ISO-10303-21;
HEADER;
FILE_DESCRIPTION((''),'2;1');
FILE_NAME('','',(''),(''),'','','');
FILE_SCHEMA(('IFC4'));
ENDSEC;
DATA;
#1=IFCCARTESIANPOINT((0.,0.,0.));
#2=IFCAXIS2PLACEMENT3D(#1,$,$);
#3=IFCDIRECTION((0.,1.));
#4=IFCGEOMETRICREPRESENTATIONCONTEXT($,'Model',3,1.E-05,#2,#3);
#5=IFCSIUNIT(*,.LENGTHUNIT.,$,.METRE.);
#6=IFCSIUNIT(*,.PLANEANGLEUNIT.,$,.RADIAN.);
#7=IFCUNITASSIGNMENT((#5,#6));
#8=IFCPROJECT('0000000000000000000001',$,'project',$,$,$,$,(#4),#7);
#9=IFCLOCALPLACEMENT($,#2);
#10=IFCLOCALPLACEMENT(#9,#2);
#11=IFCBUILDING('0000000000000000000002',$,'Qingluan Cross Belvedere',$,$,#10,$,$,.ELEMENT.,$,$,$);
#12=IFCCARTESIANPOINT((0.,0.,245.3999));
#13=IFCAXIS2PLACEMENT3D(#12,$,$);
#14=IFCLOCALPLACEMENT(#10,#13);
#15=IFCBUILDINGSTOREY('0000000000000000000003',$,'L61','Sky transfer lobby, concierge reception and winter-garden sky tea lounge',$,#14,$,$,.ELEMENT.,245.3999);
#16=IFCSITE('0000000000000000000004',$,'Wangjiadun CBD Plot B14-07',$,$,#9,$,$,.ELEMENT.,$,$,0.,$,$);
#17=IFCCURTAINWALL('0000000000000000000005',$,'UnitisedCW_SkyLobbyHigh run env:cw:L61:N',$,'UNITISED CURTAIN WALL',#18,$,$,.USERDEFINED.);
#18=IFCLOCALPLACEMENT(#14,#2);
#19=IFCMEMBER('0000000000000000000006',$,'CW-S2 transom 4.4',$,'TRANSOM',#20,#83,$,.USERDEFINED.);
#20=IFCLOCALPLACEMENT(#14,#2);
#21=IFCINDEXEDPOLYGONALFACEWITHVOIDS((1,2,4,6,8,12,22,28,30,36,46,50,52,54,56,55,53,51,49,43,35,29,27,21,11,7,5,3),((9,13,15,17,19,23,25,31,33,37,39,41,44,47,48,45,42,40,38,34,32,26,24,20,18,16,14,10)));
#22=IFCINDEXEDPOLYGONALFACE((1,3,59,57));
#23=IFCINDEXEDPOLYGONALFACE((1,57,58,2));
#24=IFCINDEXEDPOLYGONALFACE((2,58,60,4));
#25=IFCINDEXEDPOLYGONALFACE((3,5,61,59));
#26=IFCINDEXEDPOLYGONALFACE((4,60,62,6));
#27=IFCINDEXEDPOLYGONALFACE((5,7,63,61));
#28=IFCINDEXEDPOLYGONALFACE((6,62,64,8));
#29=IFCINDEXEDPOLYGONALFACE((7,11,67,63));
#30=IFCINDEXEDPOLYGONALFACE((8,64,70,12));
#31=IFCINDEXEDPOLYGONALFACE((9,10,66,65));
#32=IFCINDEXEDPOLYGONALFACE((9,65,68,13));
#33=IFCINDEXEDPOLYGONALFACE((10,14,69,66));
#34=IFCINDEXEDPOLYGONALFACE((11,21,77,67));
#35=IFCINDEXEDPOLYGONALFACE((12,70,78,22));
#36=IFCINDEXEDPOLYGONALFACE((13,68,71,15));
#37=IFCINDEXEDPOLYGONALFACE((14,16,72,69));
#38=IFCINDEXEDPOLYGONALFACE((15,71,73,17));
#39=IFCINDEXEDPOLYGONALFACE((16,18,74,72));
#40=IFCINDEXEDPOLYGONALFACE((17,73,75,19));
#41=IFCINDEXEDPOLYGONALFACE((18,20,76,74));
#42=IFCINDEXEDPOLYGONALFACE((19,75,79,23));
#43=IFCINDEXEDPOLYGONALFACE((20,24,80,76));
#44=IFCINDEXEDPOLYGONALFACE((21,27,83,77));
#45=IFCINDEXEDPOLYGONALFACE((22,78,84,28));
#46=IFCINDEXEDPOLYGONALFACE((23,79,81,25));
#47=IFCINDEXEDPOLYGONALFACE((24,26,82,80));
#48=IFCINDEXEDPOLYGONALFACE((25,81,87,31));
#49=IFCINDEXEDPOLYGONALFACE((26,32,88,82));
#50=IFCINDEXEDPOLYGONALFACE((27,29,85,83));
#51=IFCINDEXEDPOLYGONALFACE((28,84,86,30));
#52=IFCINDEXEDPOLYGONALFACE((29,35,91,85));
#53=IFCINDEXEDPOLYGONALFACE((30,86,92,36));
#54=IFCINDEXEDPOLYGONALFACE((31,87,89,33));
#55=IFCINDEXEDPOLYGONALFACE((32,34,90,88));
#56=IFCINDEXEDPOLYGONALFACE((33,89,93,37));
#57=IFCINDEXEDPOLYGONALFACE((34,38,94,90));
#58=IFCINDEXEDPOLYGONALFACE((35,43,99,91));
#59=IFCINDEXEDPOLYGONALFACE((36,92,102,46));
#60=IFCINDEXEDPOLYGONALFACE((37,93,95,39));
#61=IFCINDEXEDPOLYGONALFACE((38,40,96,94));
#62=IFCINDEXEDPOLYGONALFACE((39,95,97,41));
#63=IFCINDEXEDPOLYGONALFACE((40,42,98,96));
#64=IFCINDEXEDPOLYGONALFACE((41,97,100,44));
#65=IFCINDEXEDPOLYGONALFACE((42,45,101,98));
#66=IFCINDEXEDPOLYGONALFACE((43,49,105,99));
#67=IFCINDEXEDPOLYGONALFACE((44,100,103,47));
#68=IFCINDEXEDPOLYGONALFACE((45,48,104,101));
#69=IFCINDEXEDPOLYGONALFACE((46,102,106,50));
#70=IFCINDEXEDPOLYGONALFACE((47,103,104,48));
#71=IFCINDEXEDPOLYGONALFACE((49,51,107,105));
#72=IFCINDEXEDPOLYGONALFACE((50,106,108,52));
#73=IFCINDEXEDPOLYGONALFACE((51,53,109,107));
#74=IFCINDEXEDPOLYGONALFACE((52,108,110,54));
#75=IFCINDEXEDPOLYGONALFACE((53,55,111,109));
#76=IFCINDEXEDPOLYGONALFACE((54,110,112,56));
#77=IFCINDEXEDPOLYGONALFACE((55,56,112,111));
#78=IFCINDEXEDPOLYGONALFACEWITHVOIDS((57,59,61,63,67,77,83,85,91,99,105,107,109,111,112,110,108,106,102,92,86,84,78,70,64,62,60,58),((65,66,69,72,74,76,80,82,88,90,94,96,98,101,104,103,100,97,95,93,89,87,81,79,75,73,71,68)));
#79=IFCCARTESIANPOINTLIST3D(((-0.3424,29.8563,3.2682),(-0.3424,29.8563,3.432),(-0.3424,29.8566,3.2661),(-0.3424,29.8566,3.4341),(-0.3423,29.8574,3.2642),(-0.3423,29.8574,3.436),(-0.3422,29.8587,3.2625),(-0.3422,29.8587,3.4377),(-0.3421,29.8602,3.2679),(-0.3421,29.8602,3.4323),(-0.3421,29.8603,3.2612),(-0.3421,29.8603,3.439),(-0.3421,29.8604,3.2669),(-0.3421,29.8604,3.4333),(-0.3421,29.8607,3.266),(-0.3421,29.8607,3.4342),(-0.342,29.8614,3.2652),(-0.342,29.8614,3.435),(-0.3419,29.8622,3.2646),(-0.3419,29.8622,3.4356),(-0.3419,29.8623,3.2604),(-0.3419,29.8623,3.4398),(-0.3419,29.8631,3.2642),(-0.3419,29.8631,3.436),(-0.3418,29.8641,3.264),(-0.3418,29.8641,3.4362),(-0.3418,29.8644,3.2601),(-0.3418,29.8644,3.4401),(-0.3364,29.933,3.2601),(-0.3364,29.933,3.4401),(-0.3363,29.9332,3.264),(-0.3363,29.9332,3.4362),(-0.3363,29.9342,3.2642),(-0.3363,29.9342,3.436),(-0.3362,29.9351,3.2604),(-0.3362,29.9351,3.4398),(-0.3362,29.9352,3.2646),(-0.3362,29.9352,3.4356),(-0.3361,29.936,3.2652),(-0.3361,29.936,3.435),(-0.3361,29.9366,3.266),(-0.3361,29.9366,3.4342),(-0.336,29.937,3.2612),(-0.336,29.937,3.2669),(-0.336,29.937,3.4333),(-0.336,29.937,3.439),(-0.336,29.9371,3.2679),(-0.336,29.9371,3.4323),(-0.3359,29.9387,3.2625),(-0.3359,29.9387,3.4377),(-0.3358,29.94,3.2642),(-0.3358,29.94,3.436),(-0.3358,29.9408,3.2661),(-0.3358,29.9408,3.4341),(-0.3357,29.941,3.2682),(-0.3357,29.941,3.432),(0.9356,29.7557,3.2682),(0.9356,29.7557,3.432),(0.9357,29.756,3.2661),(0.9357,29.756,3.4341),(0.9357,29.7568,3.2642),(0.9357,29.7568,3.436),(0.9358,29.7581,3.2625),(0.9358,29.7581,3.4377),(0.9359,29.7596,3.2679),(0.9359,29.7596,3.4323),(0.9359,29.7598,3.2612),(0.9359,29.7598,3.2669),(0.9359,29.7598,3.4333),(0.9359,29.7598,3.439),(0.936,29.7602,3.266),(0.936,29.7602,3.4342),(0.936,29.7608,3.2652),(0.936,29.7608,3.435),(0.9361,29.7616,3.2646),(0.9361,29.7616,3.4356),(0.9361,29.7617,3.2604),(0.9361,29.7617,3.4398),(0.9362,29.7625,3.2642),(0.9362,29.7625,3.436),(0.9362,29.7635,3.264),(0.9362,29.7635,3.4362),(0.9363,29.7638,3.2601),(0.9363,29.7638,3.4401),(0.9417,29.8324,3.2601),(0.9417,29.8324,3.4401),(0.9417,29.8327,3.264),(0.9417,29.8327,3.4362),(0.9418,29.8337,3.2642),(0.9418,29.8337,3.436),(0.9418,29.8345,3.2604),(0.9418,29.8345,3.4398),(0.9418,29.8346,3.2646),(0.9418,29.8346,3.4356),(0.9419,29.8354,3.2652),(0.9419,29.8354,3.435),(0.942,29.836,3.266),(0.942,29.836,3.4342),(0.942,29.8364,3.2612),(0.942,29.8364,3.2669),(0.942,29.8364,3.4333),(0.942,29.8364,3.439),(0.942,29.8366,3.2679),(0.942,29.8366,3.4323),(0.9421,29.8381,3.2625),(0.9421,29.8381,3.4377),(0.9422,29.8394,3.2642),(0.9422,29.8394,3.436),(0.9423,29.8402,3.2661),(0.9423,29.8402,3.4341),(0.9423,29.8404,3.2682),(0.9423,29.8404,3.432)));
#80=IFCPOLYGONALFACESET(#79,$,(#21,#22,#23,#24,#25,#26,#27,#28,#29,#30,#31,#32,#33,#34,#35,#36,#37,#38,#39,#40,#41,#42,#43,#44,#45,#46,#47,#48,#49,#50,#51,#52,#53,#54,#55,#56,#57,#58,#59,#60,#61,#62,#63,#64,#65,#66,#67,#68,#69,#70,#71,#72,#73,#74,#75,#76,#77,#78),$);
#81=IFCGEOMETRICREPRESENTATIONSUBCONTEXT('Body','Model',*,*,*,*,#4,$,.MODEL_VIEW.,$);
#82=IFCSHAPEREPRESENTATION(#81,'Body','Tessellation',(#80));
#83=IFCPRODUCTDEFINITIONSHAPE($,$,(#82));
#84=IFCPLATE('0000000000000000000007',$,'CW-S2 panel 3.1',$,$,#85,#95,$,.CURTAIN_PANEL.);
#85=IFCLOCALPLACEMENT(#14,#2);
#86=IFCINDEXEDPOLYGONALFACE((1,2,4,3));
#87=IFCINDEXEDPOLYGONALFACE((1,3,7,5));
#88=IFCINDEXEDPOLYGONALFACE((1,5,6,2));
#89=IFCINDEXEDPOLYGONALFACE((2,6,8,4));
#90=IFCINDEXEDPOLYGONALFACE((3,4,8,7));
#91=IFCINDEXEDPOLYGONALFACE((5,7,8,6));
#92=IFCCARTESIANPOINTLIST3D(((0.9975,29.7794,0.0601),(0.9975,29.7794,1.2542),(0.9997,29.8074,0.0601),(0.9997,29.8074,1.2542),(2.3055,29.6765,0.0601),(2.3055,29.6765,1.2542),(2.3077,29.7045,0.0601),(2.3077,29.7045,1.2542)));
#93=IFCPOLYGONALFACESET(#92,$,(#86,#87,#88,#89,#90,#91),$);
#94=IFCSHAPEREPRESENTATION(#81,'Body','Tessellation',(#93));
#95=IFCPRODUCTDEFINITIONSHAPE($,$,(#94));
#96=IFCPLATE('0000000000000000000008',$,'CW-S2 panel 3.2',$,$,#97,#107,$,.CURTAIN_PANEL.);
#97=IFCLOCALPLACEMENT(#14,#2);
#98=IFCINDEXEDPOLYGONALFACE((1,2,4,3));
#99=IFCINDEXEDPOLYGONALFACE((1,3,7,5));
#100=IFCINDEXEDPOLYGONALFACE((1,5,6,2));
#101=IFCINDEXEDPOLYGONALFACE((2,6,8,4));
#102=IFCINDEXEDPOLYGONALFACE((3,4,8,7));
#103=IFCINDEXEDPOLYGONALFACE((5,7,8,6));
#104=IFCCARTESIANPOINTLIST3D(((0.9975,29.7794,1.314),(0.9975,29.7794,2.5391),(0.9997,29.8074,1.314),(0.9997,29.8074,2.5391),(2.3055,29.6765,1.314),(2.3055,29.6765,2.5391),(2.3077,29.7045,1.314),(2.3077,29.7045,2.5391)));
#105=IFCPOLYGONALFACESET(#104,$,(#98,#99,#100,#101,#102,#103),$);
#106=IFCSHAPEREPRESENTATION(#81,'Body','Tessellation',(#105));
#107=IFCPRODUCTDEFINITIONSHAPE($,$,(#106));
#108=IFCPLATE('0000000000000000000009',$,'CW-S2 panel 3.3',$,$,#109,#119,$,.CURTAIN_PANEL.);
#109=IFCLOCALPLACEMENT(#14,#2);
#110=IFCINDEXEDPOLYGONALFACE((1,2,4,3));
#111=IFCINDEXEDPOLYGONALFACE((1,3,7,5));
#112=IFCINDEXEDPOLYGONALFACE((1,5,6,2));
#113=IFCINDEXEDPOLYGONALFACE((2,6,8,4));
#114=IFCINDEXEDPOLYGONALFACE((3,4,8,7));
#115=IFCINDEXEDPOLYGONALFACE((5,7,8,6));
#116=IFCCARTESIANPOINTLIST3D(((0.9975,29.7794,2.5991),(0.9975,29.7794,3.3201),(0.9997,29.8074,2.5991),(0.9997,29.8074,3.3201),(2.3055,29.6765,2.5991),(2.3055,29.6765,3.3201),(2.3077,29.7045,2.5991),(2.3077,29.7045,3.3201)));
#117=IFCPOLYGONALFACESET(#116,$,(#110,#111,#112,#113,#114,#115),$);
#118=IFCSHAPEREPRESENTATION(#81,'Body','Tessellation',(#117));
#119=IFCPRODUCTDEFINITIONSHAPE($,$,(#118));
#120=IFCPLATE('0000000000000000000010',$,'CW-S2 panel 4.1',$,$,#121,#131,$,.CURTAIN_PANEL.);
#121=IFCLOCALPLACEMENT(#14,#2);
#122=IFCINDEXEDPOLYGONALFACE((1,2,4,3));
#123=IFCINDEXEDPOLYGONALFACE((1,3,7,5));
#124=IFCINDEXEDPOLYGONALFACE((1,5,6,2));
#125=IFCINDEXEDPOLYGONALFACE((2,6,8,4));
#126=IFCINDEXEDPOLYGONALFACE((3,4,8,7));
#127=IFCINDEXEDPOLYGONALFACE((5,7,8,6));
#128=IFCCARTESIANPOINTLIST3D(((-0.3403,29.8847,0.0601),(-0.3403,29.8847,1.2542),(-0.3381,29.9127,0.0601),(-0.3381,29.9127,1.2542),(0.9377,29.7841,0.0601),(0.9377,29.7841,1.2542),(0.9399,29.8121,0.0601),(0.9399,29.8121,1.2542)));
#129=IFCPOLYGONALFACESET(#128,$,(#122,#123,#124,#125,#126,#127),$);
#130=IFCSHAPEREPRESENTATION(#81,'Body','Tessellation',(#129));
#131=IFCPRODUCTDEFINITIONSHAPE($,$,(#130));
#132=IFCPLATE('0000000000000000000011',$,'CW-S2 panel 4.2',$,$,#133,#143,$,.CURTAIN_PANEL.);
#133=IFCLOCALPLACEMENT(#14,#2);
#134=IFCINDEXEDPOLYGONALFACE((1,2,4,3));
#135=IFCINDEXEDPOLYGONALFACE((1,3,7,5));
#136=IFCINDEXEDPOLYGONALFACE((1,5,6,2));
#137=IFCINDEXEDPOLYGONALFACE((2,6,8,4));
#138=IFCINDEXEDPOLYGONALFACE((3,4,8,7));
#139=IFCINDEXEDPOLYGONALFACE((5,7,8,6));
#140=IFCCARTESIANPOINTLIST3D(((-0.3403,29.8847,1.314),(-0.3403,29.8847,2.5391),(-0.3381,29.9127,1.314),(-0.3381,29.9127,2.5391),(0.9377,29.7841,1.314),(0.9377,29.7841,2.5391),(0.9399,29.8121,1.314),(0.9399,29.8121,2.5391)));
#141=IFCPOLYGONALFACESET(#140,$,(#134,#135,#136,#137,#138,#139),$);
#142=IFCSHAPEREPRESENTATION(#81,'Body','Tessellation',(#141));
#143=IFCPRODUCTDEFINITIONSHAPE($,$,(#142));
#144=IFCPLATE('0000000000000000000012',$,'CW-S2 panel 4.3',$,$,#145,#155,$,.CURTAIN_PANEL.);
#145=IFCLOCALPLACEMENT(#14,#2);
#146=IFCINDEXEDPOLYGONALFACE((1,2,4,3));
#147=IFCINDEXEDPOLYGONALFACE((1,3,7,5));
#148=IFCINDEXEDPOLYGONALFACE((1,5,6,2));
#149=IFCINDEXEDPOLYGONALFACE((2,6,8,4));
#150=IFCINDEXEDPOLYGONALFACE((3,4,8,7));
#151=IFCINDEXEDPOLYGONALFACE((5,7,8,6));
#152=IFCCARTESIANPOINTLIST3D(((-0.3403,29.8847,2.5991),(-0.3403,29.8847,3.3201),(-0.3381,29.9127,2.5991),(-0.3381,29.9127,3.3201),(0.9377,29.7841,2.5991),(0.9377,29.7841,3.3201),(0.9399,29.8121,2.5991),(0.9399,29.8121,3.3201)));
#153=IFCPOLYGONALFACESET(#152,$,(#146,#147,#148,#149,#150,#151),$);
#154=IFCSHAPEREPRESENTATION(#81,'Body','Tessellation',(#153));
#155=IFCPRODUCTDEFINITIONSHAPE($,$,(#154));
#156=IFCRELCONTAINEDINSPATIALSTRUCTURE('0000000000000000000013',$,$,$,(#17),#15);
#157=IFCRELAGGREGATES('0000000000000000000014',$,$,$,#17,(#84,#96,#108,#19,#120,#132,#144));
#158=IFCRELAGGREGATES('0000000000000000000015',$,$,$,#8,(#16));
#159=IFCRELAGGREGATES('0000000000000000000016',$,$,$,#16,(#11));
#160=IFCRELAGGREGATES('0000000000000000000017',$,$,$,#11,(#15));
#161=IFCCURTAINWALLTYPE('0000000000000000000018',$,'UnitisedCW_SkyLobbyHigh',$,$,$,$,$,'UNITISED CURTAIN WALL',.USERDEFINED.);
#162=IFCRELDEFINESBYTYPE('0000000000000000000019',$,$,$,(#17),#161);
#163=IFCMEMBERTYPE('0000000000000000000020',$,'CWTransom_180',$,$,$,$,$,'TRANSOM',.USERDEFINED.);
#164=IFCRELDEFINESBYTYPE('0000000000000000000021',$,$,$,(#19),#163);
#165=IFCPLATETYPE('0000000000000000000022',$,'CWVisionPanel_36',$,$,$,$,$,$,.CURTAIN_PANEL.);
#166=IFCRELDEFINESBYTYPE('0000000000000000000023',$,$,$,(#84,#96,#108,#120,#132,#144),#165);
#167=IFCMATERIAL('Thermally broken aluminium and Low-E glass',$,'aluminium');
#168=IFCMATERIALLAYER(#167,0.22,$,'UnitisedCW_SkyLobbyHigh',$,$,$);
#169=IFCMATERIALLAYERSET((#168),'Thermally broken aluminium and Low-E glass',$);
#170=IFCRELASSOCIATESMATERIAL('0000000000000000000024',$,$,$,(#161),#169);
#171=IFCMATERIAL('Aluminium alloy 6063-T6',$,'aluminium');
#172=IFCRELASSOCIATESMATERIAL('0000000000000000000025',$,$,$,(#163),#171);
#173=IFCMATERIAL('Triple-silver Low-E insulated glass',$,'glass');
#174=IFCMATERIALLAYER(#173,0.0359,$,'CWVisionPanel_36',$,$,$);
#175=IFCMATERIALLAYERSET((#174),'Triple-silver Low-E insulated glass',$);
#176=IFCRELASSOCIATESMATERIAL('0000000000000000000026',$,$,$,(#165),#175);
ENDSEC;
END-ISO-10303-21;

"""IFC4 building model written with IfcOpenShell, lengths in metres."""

from ifc_helpers import new_model, si_unit, direction, frame, origin, origin_2d, place, context, subcontext, project, spatial, rectangle, hollow_rectangle, extrude, material, layer, layer_set, material_profile, profile_set, type_object, element, aggregate, save


model = new_model("IFC4")

# Units and contexts
model_context = context("Model", 3, precision=1e-05, world=origin(), true_north=direction((0.0, 1.0)))
body_context = subcontext(model_context, "Body", "Model", "MODEL_VIEW")
ifc_project = project(units=[si_unit("LENGTHUNIT", "METRE"), si_unit("PLANEANGLEUNIT", "RADIAN")], contexts=[model_context])

# Site, building, storey
site_placement = place(None, origin())
site = spatial("IfcSite", under=ifc_project, at=site_placement, Name="Wangjiadun CBD Plot B14-07", CompositionType="ELEMENT", RefElevation=0.0)
building_placement = place(site_placement, origin())
building = spatial("IfcBuilding", under=site, at=building_placement, Name="Qingluan Cross Belvedere", CompositionType="ELEMENT")
storey_placement = place(building_placement, frame((0.0, 0.0, 245.3999)))
storey = spatial("IfcBuildingStorey", under=building, at=storey_placement, Name="L61", Description="Sky transfer lobby, concierge reception and winter-garden sky tea lounge", CompositionType="ELEMENT", Elevation=245.3999)

# Curtain wall, member, plates
ifc_material_1 = material(Name="Thermally broken aluminium and Low-E glass", Category="aluminium")
ifc_layer_1 = layer(ifc_material_1, 0.22, Name="UnitisedCW_SkyLobbyHigh")
ifc_layer_set_1 = layer_set([ifc_layer_1], Name="Thermally broken aluminium and Low-E glass")
curtain_wall_type = type_object("IfcCurtainWallType", Name="UnitisedCW_SkyLobbyHigh", ElementType="UNITISED CURTAIN WALL", PredefinedType="USERDEFINED", material=ifc_layer_set_1)
curtain_wall_placement = place(storey_placement, origin())
curtain_wall = element("IfcCurtainWall", 1, at=curtain_wall_placement, inside=storey, type_object=curtain_wall_type, Name="UnitisedCW_SkyLobbyHigh run env:cw:L61:N", ObjectType="UNITISED CURTAIN WALL", PredefinedType="USERDEFINED")
ifc_material_2 = material(Name="Aluminium alloy 6063-T6", Category="aluminium")
ifc_material_profile_1 = material_profile(ifc_material_2, hollow_rectangle(XDim=0.085, YDim=0.1799, WallThickness=0.0039, InnerFilletRadius=0.0039, OuterFilletRadius=0.0081, at=origin_2d()), Name="CWT180x85x4")
ifc_profile_set_1 = profile_set([ifc_material_profile_1], Name="Aluminium alloy 6063-T6")
member_type_1 = type_object("IfcMemberType", Name="CWTransom_180", ElementType="TRANSOM", PredefinedType="USERDEFINED", material=ifc_profile_set_1)
member_1_placement = place(storey_placement, frame((0.939, 29.7981, 3.3501), z_axis=(-0.996917, 0.078458, 0.0), x_axis=(-0.078458, -0.996917, 0.0)))
member_1 = element("IfcMember", 2, at=member_1_placement, type_object=member_type_1, Name="CW-S2 transom 4.4", ObjectType="TRANSOM", PredefinedType="USERDEFINED", context=body_context, shape_type="SweptSolid", body=[
    extrude(hollow_rectangle(XDim=0.085, YDim=0.1799, WallThickness=0.0039, InnerFilletRadius=0.0039, OuterFilletRadius=0.0081, at=origin_2d()), origin(), (0.0, 0.0, 1.0), 1.282),
])
ifc_material_3 = material(Name="Triple-silver Low-E insulated glass", Category="glass")
ifc_layer_2 = layer(ifc_material_3, 0.0359, Name="CWVisionPanel_36")
ifc_layer_set_2 = layer_set([ifc_layer_2], Name="Triple-silver Low-E insulated glass")
plate_type = type_object("IfcPlateType", Name="CWVisionPanel_36", PredefinedType="CURTAIN_PANEL", material=ifc_layer_set_2)
plate_1_placement = place(storey_placement, frame((1.6526, 29.7419, 0.0601), z_axis=(0.0, 0.0, 1.0), x_axis=(-0.996917, 0.078462, 0.0)))
plate_1 = element("IfcPlate", 3, at=plate_1_placement, type_object=plate_type, Name="CW-S2 panel 3.1", PredefinedType="CURTAIN_PANEL", context=body_context, shape_type="SweptSolid", body=[
    extrude(rectangle(XDim=1.312, YDim=0.0281, at=origin_2d()), origin(), (0.0, 0.0, 1.0), 1.1941),
])
plate_2_placement = place(storey_placement, frame((1.6526, 29.7419, 1.314), z_axis=(0.0, 0.0, 1.0), x_axis=(-0.996917, 0.078462, 0.0)))
plate_2 = element("IfcPlate", 4, at=plate_2_placement, type_object=plate_type, Name="CW-S2 panel 3.2", PredefinedType="CURTAIN_PANEL", context=body_context, shape_type="SweptSolid", body=[
    extrude(rectangle(XDim=1.312, YDim=0.0281, at=origin_2d()), origin(), (0.0, 0.0, 1.0), 1.2251),
])
plate_3_placement = place(storey_placement, frame((1.6526, 29.7419, 2.5991), z_axis=(0.0, 0.0, 1.0), x_axis=(-0.996917, 0.078462, 0.0)))
plate_3 = element("IfcPlate", 5, at=plate_3_placement, type_object=plate_type, Name="CW-S2 panel 3.3", PredefinedType="CURTAIN_PANEL", context=body_context, shape_type="SweptSolid", body=[
    extrude(rectangle(XDim=1.312, YDim=0.0281, at=origin_2d()), origin(), (0.0, 0.0, 1.0), 0.7209),
])
plate_4_placement = place(storey_placement, frame((0.2998, 29.8484, 0.0601), z_axis=(0.0, 0.0, 1.0), x_axis=(-0.996917, 0.078462, 0.0)))
plate_4 = element("IfcPlate", 6, at=plate_4_placement, type_object=plate_type, Name="CW-S2 panel 4.1", PredefinedType="CURTAIN_PANEL", context=body_context, shape_type="SweptSolid", body=[
    extrude(rectangle(XDim=1.282, YDim=0.0281, at=origin_2d()), origin(), (0.0, 0.0, 1.0), 1.1941),
])
plate_5_placement = place(storey_placement, frame((0.2998, 29.8484, 1.314), z_axis=(0.0, 0.0, 1.0), x_axis=(-0.996917, 0.078462, 0.0)))
plate_5 = element("IfcPlate", 7, at=plate_5_placement, type_object=plate_type, Name="CW-S2 panel 4.2", PredefinedType="CURTAIN_PANEL", context=body_context, shape_type="SweptSolid", body=[
    extrude(rectangle(XDim=1.282, YDim=0.0281, at=origin_2d()), origin(), (0.0, 0.0, 1.0), 1.2251),
])
plate_6_placement = place(storey_placement, frame((0.2998, 29.8484, 2.5991), z_axis=(0.0, 0.0, 1.0), x_axis=(-0.996917, 0.078462, 0.0)))
plate_6 = element("IfcPlate", 8, at=plate_6_placement, type_object=plate_type, Name="CW-S2 panel 4.3", PredefinedType="CURTAIN_PANEL", context=body_context, shape_type="SweptSolid", body=[
    extrude(rectangle(XDim=1.282, YDim=0.0281, at=origin_2d()), origin(), (0.0, 0.0, 1.0), 0.7209),
])
aggregate(curtain_wall, [plate_1, plate_2, plate_3, member_1, plate_4, plate_5, plate_6])

save(model, "model.ifc")
